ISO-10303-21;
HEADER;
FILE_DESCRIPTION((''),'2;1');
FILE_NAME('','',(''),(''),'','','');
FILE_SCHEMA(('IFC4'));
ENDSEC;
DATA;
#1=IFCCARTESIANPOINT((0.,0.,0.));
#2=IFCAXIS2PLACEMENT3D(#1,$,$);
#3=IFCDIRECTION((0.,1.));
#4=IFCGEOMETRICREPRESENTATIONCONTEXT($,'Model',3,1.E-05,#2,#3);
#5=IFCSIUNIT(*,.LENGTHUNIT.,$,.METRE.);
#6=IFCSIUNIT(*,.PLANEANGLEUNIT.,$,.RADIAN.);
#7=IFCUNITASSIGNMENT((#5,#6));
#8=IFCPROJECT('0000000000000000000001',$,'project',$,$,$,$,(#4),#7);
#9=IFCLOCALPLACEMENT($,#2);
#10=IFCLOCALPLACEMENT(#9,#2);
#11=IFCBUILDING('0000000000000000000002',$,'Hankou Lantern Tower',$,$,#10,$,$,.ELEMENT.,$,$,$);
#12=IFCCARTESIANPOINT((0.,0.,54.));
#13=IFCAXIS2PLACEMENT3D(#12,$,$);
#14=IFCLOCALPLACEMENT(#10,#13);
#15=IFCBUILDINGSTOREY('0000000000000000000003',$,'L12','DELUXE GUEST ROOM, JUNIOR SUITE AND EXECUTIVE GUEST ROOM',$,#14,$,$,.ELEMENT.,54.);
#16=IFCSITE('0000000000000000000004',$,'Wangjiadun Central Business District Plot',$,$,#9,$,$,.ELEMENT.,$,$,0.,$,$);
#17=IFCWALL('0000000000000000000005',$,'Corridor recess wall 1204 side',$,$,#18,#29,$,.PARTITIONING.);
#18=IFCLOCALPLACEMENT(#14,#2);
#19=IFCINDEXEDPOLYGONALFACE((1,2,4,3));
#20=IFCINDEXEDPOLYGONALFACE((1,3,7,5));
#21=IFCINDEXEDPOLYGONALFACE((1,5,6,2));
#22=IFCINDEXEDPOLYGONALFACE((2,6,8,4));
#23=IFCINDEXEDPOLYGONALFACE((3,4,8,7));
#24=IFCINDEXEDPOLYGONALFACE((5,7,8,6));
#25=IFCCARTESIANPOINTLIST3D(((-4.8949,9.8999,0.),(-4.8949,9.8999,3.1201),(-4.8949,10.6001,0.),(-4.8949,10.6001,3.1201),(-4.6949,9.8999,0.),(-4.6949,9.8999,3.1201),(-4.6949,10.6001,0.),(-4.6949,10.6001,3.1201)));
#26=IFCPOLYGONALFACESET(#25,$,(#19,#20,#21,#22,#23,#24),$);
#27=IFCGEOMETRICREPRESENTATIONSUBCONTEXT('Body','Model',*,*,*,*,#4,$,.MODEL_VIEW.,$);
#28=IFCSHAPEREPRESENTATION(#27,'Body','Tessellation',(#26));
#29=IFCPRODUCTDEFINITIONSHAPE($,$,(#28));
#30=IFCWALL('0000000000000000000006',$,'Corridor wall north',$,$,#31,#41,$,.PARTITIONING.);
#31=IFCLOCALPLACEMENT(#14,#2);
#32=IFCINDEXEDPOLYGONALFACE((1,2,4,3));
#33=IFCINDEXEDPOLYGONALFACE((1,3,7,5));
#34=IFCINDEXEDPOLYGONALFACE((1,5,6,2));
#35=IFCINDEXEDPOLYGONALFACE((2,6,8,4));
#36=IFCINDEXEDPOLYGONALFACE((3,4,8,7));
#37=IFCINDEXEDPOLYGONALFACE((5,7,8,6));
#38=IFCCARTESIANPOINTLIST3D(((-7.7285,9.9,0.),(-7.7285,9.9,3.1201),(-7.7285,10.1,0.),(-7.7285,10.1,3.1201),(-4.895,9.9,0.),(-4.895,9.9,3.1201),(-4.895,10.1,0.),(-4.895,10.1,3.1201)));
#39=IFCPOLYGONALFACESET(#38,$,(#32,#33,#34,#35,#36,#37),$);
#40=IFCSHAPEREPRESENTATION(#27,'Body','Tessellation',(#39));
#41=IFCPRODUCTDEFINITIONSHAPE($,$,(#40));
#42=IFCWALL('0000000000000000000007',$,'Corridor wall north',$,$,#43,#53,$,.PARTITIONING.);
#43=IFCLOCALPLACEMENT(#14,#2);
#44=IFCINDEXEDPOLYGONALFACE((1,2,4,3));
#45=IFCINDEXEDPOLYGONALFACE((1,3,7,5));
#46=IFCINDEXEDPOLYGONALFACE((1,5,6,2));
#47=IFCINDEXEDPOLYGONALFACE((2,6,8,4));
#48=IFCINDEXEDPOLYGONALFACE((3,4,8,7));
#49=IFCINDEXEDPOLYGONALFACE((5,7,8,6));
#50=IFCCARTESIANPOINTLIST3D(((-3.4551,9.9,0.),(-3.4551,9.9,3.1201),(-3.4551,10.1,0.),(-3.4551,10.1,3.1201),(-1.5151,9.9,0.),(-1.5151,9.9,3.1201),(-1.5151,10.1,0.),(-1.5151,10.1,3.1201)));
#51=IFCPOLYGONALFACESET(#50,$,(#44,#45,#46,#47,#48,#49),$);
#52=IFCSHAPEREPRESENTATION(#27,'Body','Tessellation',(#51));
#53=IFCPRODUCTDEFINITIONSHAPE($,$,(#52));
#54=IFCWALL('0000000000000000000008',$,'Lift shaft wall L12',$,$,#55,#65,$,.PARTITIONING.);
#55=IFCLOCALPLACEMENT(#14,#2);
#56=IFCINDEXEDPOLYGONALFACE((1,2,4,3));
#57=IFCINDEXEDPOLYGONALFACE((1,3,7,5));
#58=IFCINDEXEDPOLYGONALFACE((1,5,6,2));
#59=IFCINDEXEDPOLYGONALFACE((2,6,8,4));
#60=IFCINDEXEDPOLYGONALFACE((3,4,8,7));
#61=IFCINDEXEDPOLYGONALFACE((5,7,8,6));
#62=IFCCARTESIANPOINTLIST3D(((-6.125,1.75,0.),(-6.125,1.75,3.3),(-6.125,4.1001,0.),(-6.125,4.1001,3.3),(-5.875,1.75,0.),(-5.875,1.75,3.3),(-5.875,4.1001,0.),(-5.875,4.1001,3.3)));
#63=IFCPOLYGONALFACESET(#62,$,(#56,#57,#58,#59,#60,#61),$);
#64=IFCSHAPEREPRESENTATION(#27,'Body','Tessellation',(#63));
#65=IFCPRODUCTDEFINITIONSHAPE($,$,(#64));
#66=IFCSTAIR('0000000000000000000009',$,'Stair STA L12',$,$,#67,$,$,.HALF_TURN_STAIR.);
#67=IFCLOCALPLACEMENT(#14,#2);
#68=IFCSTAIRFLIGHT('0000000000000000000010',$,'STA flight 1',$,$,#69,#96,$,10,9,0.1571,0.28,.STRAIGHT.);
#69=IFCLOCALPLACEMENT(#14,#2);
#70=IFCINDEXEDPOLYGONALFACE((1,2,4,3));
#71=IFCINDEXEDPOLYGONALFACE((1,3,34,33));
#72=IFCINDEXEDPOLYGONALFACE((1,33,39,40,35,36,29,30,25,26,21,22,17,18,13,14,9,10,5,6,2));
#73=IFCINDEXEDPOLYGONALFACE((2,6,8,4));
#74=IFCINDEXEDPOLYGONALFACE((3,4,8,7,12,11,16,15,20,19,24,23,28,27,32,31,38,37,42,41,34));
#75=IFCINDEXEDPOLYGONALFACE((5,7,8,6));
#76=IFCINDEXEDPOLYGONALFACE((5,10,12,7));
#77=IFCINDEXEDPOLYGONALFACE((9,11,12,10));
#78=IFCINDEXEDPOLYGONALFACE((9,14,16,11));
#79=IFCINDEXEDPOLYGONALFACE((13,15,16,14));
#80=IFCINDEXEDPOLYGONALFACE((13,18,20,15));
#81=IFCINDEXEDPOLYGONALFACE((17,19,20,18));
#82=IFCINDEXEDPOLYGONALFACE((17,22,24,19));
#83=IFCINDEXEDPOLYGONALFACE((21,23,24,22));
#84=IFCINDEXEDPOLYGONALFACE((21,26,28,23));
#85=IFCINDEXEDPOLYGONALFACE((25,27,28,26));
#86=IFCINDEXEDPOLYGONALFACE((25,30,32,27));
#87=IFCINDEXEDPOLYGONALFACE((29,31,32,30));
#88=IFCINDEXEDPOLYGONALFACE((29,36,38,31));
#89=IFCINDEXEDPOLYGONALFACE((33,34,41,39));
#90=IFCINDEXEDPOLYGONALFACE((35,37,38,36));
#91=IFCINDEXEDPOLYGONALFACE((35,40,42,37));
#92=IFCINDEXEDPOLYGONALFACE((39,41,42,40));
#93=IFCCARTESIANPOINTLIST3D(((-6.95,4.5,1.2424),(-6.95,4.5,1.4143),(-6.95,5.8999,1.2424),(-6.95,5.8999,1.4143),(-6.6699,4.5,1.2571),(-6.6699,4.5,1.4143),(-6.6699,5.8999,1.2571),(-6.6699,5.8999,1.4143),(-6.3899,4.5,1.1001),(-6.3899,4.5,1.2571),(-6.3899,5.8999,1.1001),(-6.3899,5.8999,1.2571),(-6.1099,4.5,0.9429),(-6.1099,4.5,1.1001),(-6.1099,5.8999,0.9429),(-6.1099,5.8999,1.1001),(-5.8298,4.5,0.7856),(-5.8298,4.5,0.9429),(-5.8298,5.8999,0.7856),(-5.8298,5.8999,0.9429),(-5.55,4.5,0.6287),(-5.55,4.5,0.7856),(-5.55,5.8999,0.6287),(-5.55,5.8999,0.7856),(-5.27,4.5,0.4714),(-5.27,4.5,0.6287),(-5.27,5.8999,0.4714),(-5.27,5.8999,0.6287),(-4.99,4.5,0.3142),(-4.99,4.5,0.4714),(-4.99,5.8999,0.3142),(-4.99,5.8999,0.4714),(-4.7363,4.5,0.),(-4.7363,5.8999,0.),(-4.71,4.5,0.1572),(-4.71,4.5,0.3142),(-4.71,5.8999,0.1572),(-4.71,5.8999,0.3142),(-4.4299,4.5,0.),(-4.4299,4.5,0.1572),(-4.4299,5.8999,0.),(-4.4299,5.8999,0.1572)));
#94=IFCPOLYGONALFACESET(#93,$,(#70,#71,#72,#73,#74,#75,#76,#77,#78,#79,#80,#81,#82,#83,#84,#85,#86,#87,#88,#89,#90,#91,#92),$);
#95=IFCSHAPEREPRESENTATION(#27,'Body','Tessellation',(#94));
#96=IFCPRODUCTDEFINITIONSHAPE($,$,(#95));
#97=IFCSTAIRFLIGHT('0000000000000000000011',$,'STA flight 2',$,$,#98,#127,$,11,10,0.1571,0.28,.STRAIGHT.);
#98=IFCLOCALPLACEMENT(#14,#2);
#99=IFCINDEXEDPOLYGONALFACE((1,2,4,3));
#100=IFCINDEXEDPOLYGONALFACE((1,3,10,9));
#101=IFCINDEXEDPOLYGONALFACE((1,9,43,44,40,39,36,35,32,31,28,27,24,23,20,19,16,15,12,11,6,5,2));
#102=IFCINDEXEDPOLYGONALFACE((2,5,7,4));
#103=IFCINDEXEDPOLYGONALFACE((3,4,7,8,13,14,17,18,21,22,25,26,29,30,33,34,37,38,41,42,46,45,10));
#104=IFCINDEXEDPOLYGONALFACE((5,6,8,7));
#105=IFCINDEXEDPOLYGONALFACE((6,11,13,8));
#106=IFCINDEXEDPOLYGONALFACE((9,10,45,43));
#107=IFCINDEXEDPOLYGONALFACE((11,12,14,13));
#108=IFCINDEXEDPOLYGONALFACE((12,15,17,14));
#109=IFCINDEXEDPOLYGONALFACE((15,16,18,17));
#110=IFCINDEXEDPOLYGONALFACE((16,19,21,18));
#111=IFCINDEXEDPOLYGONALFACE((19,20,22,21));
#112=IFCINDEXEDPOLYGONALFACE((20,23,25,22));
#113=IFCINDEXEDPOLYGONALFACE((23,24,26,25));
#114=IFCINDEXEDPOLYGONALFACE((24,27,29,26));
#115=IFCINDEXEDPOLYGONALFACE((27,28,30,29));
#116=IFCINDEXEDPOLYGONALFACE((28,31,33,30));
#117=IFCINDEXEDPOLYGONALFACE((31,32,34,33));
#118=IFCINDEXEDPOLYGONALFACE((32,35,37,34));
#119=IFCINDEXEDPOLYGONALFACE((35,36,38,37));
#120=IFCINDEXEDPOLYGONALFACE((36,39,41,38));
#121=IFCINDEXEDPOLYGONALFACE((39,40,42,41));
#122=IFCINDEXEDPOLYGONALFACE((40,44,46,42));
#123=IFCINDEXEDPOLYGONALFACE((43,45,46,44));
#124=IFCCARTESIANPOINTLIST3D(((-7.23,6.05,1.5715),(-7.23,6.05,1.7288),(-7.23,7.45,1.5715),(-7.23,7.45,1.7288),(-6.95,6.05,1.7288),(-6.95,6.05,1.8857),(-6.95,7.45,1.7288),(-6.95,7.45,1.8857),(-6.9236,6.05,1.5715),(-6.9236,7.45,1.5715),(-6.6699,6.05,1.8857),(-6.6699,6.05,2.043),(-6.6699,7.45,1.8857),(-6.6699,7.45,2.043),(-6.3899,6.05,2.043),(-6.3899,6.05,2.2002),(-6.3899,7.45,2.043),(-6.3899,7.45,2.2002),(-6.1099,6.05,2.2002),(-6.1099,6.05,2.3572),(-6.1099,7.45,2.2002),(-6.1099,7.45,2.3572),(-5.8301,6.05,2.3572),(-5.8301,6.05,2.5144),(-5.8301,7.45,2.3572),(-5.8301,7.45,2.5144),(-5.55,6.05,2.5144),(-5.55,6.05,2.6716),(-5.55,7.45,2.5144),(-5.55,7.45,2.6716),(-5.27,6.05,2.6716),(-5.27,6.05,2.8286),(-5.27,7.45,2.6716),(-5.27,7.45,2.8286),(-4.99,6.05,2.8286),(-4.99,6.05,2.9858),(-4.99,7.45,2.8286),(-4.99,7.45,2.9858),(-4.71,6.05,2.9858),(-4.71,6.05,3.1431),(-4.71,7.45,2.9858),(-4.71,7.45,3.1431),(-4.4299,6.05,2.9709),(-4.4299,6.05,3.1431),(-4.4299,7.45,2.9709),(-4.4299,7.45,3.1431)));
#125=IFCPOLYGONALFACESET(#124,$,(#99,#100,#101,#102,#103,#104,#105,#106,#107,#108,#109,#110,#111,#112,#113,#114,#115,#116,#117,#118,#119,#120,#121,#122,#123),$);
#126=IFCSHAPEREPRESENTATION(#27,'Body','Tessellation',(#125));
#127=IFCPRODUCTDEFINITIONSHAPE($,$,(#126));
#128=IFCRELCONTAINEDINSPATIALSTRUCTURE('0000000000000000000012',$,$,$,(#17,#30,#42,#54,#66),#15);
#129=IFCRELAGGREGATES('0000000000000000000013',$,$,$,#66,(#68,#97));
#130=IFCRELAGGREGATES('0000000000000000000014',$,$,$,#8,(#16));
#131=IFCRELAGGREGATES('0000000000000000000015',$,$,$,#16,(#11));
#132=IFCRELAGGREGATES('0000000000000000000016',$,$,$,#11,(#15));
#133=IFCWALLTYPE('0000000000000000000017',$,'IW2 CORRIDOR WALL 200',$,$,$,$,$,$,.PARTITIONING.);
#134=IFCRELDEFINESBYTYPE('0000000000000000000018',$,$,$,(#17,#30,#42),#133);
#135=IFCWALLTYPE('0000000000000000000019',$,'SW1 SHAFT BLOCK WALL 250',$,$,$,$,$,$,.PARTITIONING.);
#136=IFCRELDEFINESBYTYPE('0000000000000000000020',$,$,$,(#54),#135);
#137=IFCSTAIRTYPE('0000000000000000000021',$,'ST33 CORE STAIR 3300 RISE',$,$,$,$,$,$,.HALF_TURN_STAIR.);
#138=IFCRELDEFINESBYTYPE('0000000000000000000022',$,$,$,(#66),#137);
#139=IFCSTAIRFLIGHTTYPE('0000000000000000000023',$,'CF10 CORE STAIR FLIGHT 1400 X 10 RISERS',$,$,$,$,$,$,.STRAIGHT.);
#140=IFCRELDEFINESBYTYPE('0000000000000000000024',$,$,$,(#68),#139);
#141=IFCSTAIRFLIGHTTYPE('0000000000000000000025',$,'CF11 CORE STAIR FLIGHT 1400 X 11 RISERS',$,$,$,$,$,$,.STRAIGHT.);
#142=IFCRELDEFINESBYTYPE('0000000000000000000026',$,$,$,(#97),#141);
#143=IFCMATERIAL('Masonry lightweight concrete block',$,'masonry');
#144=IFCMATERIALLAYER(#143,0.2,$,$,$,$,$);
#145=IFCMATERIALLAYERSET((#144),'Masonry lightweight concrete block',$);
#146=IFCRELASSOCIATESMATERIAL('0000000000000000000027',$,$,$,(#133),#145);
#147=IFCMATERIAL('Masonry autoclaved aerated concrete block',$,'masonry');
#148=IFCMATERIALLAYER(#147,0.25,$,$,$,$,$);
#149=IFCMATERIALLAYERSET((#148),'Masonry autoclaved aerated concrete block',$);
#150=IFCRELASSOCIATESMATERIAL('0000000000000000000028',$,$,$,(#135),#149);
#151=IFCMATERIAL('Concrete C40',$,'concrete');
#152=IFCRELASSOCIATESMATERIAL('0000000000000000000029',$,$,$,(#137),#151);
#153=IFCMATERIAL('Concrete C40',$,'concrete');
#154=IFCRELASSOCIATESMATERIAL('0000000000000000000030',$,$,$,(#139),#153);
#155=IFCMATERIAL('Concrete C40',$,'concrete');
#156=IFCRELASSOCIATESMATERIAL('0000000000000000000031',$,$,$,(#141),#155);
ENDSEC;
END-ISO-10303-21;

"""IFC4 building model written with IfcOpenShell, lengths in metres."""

from ifc_helpers import new_model, si_unit, direction, frame, frame_2d, origin, place, context, subcontext, project, spatial, polyline, rectangle, outline, extrude, material, layer, layer_set, type_object, element, aggregate, save


model = new_model("IFC4")

# Units and contexts
model_context = context("Model", 3, precision=1e-05, world=origin(), true_north=direction((0.0, 1.0)))
body_context = subcontext(model_context, "Body", "Model", "MODEL_VIEW")
ifc_project = project(units=[si_unit("LENGTHUNIT", "METRE"), si_unit("PLANEANGLEUNIT", "RADIAN")], contexts=[model_context])

# Site, building, storey
site_placement = place(None, origin())
site = spatial("IfcSite", under=ifc_project, at=site_placement, Name="Wangjiadun Central Business District Plot", CompositionType="ELEMENT", RefElevation=0.0)
building_placement = place(site_placement, origin())
building = spatial("IfcBuilding", under=site, at=building_placement, Name="Hankou Lantern Tower", CompositionType="ELEMENT")
storey_placement = place(building_placement, frame((0.0, 0.0, 54.0)))
storey = spatial("IfcBuildingStorey", under=building, at=storey_placement, Name="L12", Description="DELUXE GUEST ROOM, JUNIOR SUITE AND EXECUTIVE GUEST ROOM", CompositionType="ELEMENT", Elevation=54.0)

# Walls
ifc_material_1 = material(Name="Masonry lightweight concrete block", Category="masonry")
ifc_layer_1 = layer(ifc_material_1, 0.2)
ifc_layer_set_1 = layer_set([ifc_layer_1], Name="Masonry lightweight concrete block")
wall_type_1 = type_object("IfcWallType", Name="IW2 CORRIDOR WALL 200", PredefinedType="PARTITIONING", material=ifc_layer_set_1)
wall_1_placement = place(storey_placement, frame((-4.7949, 9.8999, 0.0), z_axis=(0.0, 0.0, 1.0), x_axis=(0.0, 1.0, 0.0)))
element("IfcWall", 1, at=wall_1_placement, inside=storey, type_object=wall_type_1, Name="Corridor recess wall 1204 side", PredefinedType="PARTITIONING", context=body_context, shape_type="SweptSolid", body=[
    extrude(rectangle(XDim=0.7002, YDim=0.2, at=frame_2d((0.3501, 0.0))), origin(), (0.0, 0.0, 1.0), 3.1201),
])
wall_2_placement = place(storey_placement, frame((-7.7285, 10.0, 0.0), z_axis=(0.0, 0.0, 1.0), x_axis=(1.0, 0.0, 0.0)))
element("IfcWall", 2, at=wall_2_placement, inside=storey, type_object=wall_type_1, Name="Corridor wall north", PredefinedType="PARTITIONING", context=body_context, shape_type="SweptSolid", body=[
    extrude(rectangle(XDim=2.8335, YDim=0.2, at=frame_2d((1.4167, 0.0))), origin(), (0.0, 0.0, 1.0), 3.1201),
])
wall_3_placement = place(storey_placement, frame((-3.4551, 10.0, 0.0), z_axis=(0.0, 0.0, 1.0), x_axis=(1.0, 0.0, 0.0)))
element("IfcWall", 3, at=wall_3_placement, inside=storey, type_object=wall_type_1, Name="Corridor wall north", PredefinedType="PARTITIONING", context=body_context, shape_type="SweptSolid", body=[
    extrude(rectangle(XDim=1.9399, YDim=0.2, at=frame_2d((0.97, 0.0))), origin(), (0.0, 0.0, 1.0), 3.1201),
])
ifc_material_2 = material(Name="Masonry autoclaved aerated concrete block", Category="masonry")
ifc_layer_2 = layer(ifc_material_2, 0.25)
ifc_layer_set_2 = layer_set([ifc_layer_2], Name="Masonry autoclaved aerated concrete block")
wall_type_2 = type_object("IfcWallType", Name="SW1 SHAFT BLOCK WALL 250", PredefinedType="PARTITIONING", material=ifc_layer_set_2)
wall_4_placement = place(storey_placement, frame((-6.0, 1.75, 0.0), z_axis=(0.0, 0.0, 1.0), x_axis=(0.0, 1.0, 0.0)))
element("IfcWall", 4, at=wall_4_placement, inside=storey, type_object=wall_type_2, Name="Lift shaft wall L12", PredefinedType="PARTITIONING", context=body_context, shape_type="SweptSolid", body=[
    extrude(rectangle(XDim=2.3501, YDim=0.25, at=frame_2d((1.175, 0.0))), origin(), (0.0, 0.0, 1.0), 3.3),
])

# Stair, stair flights
ifc_material_3 = material(Name="Concrete C40", Category="concrete")
stair_type = type_object("IfcStairType", Name="ST33 CORE STAIR 3300 RISE", PredefinedType="HALF_TURN_STAIR", material=ifc_material_3)
stair_placement = place(storey_placement, origin())
stair = element("IfcStair", 5, at=stair_placement, inside=storey, type_object=stair_type, Name="Stair STA L12", PredefinedType="HALF_TURN_STAIR")
ifc_material_4 = material(Name="Concrete C40", Category="concrete")
stair_flight_type_1 = type_object("IfcStairFlightType", Name="CF10 CORE STAIR FLIGHT 1400 X 10 RISERS", PredefinedType="STRAIGHT", material=ifc_material_4)
stair_flight_1_placement = place(storey_placement, frame((-4.4299, 5.2, 0.0), z_axis=(0.0, 0.0, 1.0), x_axis=(-1.0, 0.0, 0.0)))
stair_flight_1 = element("IfcStairFlight", 6, at=stair_flight_1_placement, type_object=stair_flight_type_1, Name="STA flight 1", NumberOfRisers=10, NumberOfTreads=9, PredefinedType="STRAIGHT", RiserHeight=0.1571, TreadLength=0.28, context=body_context, shape_type="SweptSolid", body=[
    extrude(outline(polyline([(0.0, 0.0), (0.0, 0.1572), (0.28, 0.1572), (0.28, 0.3142), (0.5601, 0.3142), (0.5601, 0.4714), (0.8401, 0.4714), (0.8401, 0.6287), (1.1201, 0.6287), (1.1201, 0.7856), (1.3999, 0.7856), (1.3999, 0.9429), (1.6799, 0.9429), (1.6799, 1.1001), (1.96, 1.1001), (1.96, 1.2571), (2.24, 1.2571), (2.24, 1.4143), (2.52, 1.4143), (2.52, 1.5715), (2.52, 1.2424), (0.3064, 0.0), (0.0, 0.0)])), frame((0.0, 0.7, 0.0), z_axis=(0.0, -1.0, 0.0), x_axis=(1.0, 0.0, 0.0)), (0.0, 0.0, 1.0), 1.3999),
])
ifc_material_5 = material(Name="Concrete C40", Category="concrete")
stair_flight_type_2 = type_object("IfcStairFlightType", Name="CF11 CORE STAIR FLIGHT 1400 X 11 RISERS", PredefinedType="STRAIGHT", material=ifc_material_5)
stair_flight_2_placement = place(storey_placement, frame((-7.23, 6.75, 1.5715), z_axis=(0.0, 0.0, 1.0), x_axis=(1.0, 0.0, 0.0)))
stair_flight_2 = element("IfcStairFlight", 7, at=stair_flight_2_placement, type_object=stair_flight_type_2, Name="STA flight 2", NumberOfRisers=11, NumberOfTreads=10, PredefinedType="STRAIGHT", RiserHeight=0.1571, TreadLength=0.28, context=body_context, shape_type="SweptSolid", body=[
    extrude(outline(polyline([(0.0, 0.0), (0.0, 0.1572), (0.28, 0.1572), (0.28, 0.3142), (0.5601, 0.3142), (0.5601, 0.4714), (0.8401, 0.4714), (0.8401, 0.6287), (1.1201, 0.6287), (1.1201, 0.7856), (1.3999, 0.7856), (1.3999, 0.9429), (1.6799, 0.9429), (1.6799, 1.1001), (1.96, 1.1001), (1.96, 1.2571), (2.24, 1.2571), (2.24, 1.4143), (2.52, 1.4143), (2.52, 1.5715), (2.8, 1.5715), (2.8, 1.7285), (2.8, 1.3994), (0.3064, 0.0), (0.0, 0.0)])), frame((0.0, 0.7, 0.0), z_axis=(0.0, -1.0, 0.0), x_axis=(1.0, 0.0, 0.0)), (0.0, 0.0, 1.0), 1.3999),
])
aggregate(stair, [stair_flight_1, stair_flight_2])

save(model, "model.ifc")
